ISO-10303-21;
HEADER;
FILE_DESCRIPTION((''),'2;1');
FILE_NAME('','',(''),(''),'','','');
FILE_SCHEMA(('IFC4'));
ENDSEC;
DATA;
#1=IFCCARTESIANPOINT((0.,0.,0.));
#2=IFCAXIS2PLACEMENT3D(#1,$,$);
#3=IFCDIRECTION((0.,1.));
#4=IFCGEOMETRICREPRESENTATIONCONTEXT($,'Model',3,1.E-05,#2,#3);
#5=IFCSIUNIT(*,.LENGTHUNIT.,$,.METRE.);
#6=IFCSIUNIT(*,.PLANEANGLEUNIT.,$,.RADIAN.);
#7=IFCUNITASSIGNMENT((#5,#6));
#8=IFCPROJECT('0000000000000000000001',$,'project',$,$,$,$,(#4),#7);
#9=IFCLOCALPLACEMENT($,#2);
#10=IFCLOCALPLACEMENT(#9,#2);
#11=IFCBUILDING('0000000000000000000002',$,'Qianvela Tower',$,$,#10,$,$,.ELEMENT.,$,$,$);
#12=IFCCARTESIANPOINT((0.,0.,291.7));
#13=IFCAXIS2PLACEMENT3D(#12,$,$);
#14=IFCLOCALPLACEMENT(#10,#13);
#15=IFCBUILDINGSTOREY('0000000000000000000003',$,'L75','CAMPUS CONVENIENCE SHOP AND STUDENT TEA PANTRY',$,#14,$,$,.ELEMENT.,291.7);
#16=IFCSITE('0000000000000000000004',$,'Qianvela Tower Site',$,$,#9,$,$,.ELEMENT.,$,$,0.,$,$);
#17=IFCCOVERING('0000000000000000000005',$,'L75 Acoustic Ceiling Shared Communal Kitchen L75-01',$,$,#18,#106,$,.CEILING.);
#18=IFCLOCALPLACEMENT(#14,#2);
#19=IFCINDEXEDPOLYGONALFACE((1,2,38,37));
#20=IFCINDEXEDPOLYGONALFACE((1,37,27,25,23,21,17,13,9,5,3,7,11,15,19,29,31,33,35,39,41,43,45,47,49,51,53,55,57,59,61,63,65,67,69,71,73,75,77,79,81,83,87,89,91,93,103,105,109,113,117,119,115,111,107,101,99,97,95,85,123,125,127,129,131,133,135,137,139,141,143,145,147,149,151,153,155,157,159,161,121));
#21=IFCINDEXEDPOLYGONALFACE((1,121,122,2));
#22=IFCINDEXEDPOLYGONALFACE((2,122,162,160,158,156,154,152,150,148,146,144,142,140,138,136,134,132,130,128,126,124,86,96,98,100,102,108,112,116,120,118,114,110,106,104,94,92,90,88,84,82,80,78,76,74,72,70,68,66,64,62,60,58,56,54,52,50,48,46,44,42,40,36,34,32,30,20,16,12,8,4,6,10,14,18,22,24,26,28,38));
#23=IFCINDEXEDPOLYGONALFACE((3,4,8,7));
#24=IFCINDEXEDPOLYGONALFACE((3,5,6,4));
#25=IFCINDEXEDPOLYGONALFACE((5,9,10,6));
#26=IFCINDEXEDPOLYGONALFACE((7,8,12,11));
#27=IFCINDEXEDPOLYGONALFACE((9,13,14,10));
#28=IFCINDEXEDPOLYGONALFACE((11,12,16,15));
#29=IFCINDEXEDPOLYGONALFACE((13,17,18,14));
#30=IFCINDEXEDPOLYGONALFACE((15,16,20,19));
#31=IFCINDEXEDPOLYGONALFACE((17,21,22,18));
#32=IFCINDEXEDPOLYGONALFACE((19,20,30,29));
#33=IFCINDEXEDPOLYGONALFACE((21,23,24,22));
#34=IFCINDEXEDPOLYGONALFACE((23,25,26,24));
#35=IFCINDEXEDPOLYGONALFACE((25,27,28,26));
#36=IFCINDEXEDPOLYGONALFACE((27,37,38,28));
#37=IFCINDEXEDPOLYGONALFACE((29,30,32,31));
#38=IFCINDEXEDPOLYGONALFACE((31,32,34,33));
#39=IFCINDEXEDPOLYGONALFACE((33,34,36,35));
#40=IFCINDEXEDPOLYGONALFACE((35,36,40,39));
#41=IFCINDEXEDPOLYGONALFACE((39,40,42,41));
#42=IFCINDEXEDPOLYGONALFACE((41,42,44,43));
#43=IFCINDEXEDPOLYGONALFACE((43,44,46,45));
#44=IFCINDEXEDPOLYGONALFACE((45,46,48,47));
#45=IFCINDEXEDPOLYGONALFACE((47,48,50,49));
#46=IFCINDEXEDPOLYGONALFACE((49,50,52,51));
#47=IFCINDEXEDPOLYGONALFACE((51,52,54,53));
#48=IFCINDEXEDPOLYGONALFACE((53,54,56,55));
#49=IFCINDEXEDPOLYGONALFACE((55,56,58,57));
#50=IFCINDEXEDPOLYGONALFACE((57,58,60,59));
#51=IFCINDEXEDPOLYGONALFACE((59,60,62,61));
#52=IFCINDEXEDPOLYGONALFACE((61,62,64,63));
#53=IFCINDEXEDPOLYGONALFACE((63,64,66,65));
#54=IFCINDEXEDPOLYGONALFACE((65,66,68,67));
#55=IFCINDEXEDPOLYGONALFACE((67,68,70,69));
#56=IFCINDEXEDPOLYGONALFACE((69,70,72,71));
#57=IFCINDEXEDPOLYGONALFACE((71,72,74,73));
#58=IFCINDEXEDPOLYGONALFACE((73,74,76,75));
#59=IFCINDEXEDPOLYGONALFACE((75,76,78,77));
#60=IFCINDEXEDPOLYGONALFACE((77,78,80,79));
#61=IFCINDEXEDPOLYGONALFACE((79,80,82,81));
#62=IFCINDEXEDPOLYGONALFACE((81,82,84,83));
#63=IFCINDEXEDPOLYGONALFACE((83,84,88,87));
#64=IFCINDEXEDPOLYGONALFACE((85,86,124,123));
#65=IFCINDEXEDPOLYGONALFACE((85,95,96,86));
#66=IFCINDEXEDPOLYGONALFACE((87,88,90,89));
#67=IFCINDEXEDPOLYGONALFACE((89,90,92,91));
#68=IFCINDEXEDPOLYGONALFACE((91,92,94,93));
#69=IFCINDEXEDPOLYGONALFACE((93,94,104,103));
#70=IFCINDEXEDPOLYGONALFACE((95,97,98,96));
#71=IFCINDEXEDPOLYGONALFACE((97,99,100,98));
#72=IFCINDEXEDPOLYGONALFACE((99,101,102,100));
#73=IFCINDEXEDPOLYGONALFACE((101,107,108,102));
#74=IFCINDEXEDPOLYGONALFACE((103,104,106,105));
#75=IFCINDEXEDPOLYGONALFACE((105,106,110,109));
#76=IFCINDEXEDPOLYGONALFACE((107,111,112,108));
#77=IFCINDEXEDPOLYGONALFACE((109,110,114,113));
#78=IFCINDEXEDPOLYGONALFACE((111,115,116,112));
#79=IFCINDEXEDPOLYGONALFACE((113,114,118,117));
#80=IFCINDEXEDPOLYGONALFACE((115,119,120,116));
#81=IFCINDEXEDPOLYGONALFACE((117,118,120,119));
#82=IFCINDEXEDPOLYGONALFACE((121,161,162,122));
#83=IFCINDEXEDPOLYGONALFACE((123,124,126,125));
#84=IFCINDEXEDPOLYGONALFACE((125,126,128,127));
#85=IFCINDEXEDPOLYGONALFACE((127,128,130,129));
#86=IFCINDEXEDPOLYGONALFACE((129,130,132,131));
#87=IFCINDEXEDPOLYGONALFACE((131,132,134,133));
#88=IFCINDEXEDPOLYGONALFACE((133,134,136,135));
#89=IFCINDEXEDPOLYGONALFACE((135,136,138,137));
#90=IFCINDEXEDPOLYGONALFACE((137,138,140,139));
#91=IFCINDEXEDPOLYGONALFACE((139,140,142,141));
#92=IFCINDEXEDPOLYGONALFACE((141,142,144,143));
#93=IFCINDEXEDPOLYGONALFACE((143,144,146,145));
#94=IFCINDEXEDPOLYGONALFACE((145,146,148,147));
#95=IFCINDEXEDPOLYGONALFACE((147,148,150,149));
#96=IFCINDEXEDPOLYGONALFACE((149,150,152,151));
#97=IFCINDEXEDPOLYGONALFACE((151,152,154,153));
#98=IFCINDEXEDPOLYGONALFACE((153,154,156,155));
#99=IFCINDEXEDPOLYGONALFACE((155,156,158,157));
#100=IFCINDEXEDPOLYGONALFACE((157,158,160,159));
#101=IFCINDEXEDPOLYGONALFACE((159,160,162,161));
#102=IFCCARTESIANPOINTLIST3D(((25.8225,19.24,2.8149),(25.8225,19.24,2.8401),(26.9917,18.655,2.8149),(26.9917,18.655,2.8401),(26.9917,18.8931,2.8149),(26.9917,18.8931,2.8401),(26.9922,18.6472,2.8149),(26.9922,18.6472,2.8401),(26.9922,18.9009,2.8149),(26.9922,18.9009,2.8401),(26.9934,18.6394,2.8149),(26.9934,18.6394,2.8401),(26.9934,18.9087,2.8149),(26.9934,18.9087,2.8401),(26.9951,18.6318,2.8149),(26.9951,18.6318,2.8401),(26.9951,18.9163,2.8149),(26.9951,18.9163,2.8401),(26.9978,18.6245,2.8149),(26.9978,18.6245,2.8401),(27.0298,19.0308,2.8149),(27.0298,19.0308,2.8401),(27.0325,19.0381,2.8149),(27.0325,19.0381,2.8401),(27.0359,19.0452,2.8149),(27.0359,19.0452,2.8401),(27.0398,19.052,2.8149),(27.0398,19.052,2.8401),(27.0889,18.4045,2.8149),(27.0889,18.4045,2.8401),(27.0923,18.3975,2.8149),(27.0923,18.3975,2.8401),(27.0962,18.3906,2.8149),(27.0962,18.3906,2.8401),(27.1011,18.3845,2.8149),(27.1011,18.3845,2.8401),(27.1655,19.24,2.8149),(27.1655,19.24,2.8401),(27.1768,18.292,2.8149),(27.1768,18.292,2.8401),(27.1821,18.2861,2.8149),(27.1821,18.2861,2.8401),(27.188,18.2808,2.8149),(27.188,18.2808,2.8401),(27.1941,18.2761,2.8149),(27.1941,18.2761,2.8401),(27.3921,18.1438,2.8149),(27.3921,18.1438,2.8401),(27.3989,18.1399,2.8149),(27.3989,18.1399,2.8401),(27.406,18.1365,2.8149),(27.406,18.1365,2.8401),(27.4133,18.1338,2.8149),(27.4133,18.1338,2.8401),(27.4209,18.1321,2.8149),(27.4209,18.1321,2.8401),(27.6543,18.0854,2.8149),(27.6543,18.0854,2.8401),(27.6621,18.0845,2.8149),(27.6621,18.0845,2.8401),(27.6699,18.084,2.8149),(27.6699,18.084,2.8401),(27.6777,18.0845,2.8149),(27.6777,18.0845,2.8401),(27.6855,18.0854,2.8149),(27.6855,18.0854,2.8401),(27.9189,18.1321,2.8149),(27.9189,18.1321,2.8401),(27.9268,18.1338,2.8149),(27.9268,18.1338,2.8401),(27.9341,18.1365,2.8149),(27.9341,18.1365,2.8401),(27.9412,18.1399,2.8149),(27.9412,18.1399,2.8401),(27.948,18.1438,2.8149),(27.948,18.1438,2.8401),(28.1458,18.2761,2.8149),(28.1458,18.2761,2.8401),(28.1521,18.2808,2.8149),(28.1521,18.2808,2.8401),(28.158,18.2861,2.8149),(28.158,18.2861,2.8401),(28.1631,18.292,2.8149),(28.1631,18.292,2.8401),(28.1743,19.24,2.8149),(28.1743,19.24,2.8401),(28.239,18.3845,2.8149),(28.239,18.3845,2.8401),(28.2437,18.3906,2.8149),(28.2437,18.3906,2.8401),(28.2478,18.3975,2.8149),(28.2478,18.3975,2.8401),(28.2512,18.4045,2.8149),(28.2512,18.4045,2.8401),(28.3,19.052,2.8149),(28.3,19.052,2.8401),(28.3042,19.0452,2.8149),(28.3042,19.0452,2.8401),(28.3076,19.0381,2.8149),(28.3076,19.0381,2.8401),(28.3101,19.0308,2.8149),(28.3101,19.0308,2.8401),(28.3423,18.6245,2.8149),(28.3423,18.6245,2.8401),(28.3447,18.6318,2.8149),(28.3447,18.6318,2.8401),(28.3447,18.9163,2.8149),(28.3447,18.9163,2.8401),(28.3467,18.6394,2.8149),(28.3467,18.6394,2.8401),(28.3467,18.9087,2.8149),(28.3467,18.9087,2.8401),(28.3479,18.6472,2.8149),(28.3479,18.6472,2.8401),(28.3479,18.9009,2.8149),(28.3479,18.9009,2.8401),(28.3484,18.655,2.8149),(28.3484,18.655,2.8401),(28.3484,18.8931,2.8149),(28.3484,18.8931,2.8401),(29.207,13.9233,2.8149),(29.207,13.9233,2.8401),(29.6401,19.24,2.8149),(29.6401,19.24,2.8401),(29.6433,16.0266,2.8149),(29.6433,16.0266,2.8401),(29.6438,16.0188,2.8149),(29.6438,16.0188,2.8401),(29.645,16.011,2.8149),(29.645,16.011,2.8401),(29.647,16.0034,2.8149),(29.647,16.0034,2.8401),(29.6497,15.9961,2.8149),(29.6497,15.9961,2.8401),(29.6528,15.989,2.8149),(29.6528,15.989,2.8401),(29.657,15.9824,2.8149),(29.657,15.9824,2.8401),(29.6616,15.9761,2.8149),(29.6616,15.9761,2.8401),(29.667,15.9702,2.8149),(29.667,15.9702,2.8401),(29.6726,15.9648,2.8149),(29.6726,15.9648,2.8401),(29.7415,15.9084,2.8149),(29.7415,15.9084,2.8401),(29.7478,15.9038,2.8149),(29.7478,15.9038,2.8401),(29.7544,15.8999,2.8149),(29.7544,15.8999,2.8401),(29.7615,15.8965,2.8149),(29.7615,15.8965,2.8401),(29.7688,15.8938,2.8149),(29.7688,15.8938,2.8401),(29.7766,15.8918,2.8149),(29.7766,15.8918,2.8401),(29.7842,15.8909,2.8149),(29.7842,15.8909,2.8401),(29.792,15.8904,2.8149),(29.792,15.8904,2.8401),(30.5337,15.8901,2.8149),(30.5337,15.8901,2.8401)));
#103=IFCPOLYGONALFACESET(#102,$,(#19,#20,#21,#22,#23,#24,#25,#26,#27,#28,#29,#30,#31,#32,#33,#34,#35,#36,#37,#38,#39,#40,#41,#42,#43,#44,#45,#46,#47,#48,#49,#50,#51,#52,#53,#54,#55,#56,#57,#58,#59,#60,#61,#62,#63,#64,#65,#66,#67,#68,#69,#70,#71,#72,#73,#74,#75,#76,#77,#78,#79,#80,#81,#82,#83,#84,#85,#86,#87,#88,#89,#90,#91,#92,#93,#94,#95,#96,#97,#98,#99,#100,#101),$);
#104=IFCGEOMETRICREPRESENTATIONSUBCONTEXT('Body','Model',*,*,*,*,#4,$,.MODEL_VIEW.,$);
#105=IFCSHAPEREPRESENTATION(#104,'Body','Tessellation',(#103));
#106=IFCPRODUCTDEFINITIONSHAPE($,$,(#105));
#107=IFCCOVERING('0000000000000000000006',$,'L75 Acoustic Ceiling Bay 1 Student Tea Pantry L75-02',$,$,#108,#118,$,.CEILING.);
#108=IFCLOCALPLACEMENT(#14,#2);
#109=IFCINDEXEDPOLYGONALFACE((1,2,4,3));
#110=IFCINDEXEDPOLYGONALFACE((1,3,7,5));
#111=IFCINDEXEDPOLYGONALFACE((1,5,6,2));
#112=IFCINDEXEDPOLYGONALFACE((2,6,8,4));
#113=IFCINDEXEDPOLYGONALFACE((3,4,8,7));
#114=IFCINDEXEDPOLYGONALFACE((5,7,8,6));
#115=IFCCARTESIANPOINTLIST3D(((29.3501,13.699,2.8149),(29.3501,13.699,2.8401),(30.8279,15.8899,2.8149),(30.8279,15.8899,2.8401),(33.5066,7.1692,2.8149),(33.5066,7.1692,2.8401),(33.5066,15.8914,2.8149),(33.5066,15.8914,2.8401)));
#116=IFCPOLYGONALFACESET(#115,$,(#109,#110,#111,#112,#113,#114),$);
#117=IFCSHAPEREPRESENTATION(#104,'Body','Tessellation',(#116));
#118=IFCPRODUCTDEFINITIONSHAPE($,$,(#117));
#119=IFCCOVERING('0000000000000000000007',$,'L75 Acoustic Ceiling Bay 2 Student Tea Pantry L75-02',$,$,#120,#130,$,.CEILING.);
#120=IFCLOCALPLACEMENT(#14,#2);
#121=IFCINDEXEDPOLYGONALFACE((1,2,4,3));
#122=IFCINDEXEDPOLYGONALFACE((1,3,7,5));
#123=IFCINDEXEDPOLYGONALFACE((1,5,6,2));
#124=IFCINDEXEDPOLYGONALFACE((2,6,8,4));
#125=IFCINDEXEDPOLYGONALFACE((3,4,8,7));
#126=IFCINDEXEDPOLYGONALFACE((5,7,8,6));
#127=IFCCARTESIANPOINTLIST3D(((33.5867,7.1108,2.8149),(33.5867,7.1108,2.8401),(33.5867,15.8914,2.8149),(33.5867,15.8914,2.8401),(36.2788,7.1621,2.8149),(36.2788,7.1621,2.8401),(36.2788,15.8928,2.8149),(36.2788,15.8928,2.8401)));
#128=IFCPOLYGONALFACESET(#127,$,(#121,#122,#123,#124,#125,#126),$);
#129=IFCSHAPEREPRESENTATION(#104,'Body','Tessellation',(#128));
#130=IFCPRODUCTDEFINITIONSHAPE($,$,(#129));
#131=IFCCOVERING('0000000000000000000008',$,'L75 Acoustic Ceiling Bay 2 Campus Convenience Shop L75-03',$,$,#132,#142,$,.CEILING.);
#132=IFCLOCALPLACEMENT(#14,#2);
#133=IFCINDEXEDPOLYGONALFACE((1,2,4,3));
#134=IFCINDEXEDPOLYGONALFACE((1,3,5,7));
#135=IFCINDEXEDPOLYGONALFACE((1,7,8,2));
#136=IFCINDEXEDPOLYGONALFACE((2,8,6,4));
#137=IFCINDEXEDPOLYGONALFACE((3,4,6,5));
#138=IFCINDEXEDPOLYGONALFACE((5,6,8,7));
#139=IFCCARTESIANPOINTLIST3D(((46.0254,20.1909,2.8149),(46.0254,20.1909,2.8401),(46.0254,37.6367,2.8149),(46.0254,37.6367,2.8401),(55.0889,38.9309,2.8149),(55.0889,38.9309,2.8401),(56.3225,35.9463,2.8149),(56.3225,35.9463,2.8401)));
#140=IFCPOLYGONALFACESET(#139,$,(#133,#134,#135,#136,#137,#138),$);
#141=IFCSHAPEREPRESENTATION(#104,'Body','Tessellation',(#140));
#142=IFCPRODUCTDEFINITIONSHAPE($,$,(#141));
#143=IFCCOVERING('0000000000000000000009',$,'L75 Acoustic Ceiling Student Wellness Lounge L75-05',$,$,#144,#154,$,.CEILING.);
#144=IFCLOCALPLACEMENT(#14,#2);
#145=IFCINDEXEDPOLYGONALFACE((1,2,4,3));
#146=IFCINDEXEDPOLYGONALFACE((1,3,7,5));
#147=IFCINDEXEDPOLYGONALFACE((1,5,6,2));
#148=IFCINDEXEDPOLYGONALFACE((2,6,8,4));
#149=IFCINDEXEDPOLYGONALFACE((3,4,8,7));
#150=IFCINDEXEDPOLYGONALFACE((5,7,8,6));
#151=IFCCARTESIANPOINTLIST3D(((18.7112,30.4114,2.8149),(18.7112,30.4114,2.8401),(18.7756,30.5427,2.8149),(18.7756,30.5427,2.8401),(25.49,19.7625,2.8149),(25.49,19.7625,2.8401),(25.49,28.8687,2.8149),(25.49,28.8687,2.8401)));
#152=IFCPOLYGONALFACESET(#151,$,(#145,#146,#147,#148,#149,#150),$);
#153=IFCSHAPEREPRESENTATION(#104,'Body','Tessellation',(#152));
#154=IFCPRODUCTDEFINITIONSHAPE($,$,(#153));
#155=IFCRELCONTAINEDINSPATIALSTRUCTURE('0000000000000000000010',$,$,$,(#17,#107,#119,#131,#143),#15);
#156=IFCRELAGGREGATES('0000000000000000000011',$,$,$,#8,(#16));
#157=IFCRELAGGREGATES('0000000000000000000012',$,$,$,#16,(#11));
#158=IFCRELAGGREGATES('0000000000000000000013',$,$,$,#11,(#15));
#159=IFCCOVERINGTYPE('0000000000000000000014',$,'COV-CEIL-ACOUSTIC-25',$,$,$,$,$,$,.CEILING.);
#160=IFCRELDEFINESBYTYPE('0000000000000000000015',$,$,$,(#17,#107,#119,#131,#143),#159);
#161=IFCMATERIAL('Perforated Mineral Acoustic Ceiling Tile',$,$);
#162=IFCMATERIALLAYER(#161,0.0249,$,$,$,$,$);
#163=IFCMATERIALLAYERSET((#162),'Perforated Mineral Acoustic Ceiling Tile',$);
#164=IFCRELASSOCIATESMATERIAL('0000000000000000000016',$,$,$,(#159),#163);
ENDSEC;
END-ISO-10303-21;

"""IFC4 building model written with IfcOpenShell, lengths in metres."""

from ifc_helpers import new_model, si_unit, direction, frame, origin, place, context, subcontext, project, spatial, polyline, outline, extrude, material, layer, layer_set, type_object, element, save


model = new_model("IFC4")

# Units and contexts
model_context = context("Model", 3, precision=1e-05, world=origin(), true_north=direction((0.0, 1.0)))
body_context = subcontext(model_context, "Body", "Model", "MODEL_VIEW")
ifc_project = project(units=[si_unit("LENGTHUNIT", "METRE"), si_unit("PLANEANGLEUNIT", "RADIAN")], contexts=[model_context])

# Site, building, storey
site_placement = place(None, origin())
site = spatial("IfcSite", under=ifc_project, at=site_placement, Name="Qianvela Tower Site", CompositionType="ELEMENT", RefElevation=0.0)
building_placement = place(site_placement, origin())
building = spatial("IfcBuilding", under=site, at=building_placement, Name="Qianvela Tower", CompositionType="ELEMENT")
storey_placement = place(building_placement, frame((0.0, 0.0, 291.7)))
storey = spatial("IfcBuildingStorey", under=building, at=storey_placement, Name="L75", Description="CAMPUS CONVENIENCE SHOP AND STUDENT TEA PANTRY", CompositionType="ELEMENT", Elevation=291.7)

# Coverings
ifc_material_1 = material(Name="Perforated Mineral Acoustic Ceiling Tile")
ifc_layer_1 = layer(ifc_material_1, 0.0249)
ifc_layer_set_1 = layer_set([ifc_layer_1], Name="Perforated Mineral Acoustic Ceiling Tile")
covering_type_1 = type_object("IfcCoveringType", Name="COV-CEIL-ACOUSTIC-25", PredefinedType="CEILING", material=ifc_layer_set_1)
covering_1_placement = place(storey_placement, frame((0.0, 0.0, 2.8149)))
element("IfcCovering", 1, at=covering_1_placement, inside=storey, type_object=covering_type_1, Name="L75 Acoustic Ceiling Shared Communal Kitchen L75-01", PredefinedType="CEILING", context=body_context, shape_type="SweptSolid", body=[
    extrude(outline(polyline([(27.1655, 19.24), (27.0398, 19.052), (27.0359, 19.0452), (27.0325, 19.0381), (27.0298, 19.0308), (26.9951, 18.9163), (26.9934, 18.9087), (26.9922, 18.9009), (26.9917, 18.8931), (26.9917, 18.655), (26.9922, 18.6472), (26.9934, 18.6394), (26.9951, 18.6318), (26.9978, 18.6245), (27.0889, 18.4045), (27.0923, 18.3975), (27.0962, 18.3906), (27.1011, 18.3845), (27.1768, 18.292), (27.1821, 18.2861), (27.188, 18.2808), (27.1941, 18.2761), (27.3921, 18.1438), (27.3989, 18.1399), (27.406, 18.1365), (27.4133, 18.1338), (27.4209, 18.1321), (27.6543, 18.0854), (27.6621, 18.0845), (27.6699, 18.084), (27.6777, 18.0845), (27.6855, 18.0854), (27.9189, 18.1321), (27.9268, 18.1338), (27.9341, 18.1365), (27.9412, 18.1399), (27.948, 18.1438), (28.1458, 18.2761), (28.1521, 18.2808), (28.158, 18.2861), (28.1631, 18.292), (28.239, 18.3845), (28.2437, 18.3906), (28.2478, 18.3975), (28.2512, 18.4045), (28.3423, 18.6245), (28.3447, 18.6318), (28.3467, 18.6394), (28.3479, 18.6472), (28.3484, 18.655), (28.3484, 18.8931), (28.3479, 18.9009), (28.3467, 18.9087), (28.3447, 18.9163), (28.3101, 19.0308), (28.3076, 19.0381), (28.3042, 19.0452), (28.3, 19.052), (28.1743, 19.24), (29.6401, 19.24), (29.6433, 16.0266), (29.6438, 16.0188), (29.645, 16.011), (29.647, 16.0034), (29.6497, 15.9961), (29.6528, 15.989), (29.657, 15.9824), (29.6616, 15.9761), (29.667, 15.9702), (29.6726, 15.9648), (29.7415, 15.9084), (29.7478, 15.9038), (29.7544, 15.8999), (29.7615, 15.8965), (29.7688, 15.8938), (29.7766, 15.8918), (29.7842, 15.8909), (29.792, 15.8904), (30.5337, 15.8901), (29.207, 13.9233), (25.8225, 19.24), (27.1655, 19.24)])), origin(), (0.0, 0.0, 1.0), 0.0251),
])
covering_2_placement = place(storey_placement, frame((0.0, 0.0, 2.8149)))
element("IfcCovering", 2, at=covering_2_placement, inside=storey, type_object=covering_type_1, Name="L75 Acoustic Ceiling Bay 1 Student Tea Pantry L75-02", PredefinedType="CEILING", context=body_context, shape_type="SweptSolid", body=[
    extrude(outline(polyline([(33.5066, 15.8914), (33.5066, 7.1692), (29.3501, 13.699), (30.8279, 15.8899), (33.5066, 15.8914)])), origin(), (0.0, 0.0, 1.0), 0.0251),
])
covering_3_placement = place(storey_placement, frame((0.0, 0.0, 2.8149)))
element("IfcCovering", 3, at=covering_3_placement, inside=storey, type_object=covering_type_1, Name="L75 Acoustic Ceiling Bay 2 Student Tea Pantry L75-02", PredefinedType="CEILING", context=body_context, shape_type="SweptSolid", body=[
    extrude(outline(polyline([(36.2788, 15.8928), (36.2788, 7.1621), (33.5867, 7.1108), (33.5867, 15.8914), (36.2788, 15.8928)])), origin(), (0.0, 0.0, 1.0), 0.0251),
])
covering_4_placement = place(storey_placement, frame((0.0, 0.0, 2.8149)))
element("IfcCovering", 4, at=covering_4_placement, inside=storey, type_object=covering_type_1, Name="L75 Acoustic Ceiling Bay 2 Campus Convenience Shop L75-03", PredefinedType="CEILING", context=body_context, shape_type="SweptSolid", body=[
    extrude(outline(polyline([(55.0889, 38.9309), (56.3225, 35.9463), (46.0254, 20.1909), (46.0254, 37.6367), (55.0889, 38.9309)])), origin(), (0.0, 0.0, 1.0), 0.0251),
])
covering_5_placement = place(storey_placement, frame((0.0, 0.0, 2.8149)))
element("IfcCovering", 5, at=covering_5_placement, inside=storey, type_object=covering_type_1, Name="L75 Acoustic Ceiling Student Wellness Lounge L75-05", PredefinedType="CEILING", context=body_context, shape_type="SweptSolid", body=[
    extrude(outline(polyline([(25.49, 28.8687), (25.49, 19.7625), (18.7112, 30.4114), (18.7756, 30.5427), (25.49, 28.8687)])), origin(), (0.0, 0.0, 1.0), 0.0251),
])

save(model, "model.ifc")
